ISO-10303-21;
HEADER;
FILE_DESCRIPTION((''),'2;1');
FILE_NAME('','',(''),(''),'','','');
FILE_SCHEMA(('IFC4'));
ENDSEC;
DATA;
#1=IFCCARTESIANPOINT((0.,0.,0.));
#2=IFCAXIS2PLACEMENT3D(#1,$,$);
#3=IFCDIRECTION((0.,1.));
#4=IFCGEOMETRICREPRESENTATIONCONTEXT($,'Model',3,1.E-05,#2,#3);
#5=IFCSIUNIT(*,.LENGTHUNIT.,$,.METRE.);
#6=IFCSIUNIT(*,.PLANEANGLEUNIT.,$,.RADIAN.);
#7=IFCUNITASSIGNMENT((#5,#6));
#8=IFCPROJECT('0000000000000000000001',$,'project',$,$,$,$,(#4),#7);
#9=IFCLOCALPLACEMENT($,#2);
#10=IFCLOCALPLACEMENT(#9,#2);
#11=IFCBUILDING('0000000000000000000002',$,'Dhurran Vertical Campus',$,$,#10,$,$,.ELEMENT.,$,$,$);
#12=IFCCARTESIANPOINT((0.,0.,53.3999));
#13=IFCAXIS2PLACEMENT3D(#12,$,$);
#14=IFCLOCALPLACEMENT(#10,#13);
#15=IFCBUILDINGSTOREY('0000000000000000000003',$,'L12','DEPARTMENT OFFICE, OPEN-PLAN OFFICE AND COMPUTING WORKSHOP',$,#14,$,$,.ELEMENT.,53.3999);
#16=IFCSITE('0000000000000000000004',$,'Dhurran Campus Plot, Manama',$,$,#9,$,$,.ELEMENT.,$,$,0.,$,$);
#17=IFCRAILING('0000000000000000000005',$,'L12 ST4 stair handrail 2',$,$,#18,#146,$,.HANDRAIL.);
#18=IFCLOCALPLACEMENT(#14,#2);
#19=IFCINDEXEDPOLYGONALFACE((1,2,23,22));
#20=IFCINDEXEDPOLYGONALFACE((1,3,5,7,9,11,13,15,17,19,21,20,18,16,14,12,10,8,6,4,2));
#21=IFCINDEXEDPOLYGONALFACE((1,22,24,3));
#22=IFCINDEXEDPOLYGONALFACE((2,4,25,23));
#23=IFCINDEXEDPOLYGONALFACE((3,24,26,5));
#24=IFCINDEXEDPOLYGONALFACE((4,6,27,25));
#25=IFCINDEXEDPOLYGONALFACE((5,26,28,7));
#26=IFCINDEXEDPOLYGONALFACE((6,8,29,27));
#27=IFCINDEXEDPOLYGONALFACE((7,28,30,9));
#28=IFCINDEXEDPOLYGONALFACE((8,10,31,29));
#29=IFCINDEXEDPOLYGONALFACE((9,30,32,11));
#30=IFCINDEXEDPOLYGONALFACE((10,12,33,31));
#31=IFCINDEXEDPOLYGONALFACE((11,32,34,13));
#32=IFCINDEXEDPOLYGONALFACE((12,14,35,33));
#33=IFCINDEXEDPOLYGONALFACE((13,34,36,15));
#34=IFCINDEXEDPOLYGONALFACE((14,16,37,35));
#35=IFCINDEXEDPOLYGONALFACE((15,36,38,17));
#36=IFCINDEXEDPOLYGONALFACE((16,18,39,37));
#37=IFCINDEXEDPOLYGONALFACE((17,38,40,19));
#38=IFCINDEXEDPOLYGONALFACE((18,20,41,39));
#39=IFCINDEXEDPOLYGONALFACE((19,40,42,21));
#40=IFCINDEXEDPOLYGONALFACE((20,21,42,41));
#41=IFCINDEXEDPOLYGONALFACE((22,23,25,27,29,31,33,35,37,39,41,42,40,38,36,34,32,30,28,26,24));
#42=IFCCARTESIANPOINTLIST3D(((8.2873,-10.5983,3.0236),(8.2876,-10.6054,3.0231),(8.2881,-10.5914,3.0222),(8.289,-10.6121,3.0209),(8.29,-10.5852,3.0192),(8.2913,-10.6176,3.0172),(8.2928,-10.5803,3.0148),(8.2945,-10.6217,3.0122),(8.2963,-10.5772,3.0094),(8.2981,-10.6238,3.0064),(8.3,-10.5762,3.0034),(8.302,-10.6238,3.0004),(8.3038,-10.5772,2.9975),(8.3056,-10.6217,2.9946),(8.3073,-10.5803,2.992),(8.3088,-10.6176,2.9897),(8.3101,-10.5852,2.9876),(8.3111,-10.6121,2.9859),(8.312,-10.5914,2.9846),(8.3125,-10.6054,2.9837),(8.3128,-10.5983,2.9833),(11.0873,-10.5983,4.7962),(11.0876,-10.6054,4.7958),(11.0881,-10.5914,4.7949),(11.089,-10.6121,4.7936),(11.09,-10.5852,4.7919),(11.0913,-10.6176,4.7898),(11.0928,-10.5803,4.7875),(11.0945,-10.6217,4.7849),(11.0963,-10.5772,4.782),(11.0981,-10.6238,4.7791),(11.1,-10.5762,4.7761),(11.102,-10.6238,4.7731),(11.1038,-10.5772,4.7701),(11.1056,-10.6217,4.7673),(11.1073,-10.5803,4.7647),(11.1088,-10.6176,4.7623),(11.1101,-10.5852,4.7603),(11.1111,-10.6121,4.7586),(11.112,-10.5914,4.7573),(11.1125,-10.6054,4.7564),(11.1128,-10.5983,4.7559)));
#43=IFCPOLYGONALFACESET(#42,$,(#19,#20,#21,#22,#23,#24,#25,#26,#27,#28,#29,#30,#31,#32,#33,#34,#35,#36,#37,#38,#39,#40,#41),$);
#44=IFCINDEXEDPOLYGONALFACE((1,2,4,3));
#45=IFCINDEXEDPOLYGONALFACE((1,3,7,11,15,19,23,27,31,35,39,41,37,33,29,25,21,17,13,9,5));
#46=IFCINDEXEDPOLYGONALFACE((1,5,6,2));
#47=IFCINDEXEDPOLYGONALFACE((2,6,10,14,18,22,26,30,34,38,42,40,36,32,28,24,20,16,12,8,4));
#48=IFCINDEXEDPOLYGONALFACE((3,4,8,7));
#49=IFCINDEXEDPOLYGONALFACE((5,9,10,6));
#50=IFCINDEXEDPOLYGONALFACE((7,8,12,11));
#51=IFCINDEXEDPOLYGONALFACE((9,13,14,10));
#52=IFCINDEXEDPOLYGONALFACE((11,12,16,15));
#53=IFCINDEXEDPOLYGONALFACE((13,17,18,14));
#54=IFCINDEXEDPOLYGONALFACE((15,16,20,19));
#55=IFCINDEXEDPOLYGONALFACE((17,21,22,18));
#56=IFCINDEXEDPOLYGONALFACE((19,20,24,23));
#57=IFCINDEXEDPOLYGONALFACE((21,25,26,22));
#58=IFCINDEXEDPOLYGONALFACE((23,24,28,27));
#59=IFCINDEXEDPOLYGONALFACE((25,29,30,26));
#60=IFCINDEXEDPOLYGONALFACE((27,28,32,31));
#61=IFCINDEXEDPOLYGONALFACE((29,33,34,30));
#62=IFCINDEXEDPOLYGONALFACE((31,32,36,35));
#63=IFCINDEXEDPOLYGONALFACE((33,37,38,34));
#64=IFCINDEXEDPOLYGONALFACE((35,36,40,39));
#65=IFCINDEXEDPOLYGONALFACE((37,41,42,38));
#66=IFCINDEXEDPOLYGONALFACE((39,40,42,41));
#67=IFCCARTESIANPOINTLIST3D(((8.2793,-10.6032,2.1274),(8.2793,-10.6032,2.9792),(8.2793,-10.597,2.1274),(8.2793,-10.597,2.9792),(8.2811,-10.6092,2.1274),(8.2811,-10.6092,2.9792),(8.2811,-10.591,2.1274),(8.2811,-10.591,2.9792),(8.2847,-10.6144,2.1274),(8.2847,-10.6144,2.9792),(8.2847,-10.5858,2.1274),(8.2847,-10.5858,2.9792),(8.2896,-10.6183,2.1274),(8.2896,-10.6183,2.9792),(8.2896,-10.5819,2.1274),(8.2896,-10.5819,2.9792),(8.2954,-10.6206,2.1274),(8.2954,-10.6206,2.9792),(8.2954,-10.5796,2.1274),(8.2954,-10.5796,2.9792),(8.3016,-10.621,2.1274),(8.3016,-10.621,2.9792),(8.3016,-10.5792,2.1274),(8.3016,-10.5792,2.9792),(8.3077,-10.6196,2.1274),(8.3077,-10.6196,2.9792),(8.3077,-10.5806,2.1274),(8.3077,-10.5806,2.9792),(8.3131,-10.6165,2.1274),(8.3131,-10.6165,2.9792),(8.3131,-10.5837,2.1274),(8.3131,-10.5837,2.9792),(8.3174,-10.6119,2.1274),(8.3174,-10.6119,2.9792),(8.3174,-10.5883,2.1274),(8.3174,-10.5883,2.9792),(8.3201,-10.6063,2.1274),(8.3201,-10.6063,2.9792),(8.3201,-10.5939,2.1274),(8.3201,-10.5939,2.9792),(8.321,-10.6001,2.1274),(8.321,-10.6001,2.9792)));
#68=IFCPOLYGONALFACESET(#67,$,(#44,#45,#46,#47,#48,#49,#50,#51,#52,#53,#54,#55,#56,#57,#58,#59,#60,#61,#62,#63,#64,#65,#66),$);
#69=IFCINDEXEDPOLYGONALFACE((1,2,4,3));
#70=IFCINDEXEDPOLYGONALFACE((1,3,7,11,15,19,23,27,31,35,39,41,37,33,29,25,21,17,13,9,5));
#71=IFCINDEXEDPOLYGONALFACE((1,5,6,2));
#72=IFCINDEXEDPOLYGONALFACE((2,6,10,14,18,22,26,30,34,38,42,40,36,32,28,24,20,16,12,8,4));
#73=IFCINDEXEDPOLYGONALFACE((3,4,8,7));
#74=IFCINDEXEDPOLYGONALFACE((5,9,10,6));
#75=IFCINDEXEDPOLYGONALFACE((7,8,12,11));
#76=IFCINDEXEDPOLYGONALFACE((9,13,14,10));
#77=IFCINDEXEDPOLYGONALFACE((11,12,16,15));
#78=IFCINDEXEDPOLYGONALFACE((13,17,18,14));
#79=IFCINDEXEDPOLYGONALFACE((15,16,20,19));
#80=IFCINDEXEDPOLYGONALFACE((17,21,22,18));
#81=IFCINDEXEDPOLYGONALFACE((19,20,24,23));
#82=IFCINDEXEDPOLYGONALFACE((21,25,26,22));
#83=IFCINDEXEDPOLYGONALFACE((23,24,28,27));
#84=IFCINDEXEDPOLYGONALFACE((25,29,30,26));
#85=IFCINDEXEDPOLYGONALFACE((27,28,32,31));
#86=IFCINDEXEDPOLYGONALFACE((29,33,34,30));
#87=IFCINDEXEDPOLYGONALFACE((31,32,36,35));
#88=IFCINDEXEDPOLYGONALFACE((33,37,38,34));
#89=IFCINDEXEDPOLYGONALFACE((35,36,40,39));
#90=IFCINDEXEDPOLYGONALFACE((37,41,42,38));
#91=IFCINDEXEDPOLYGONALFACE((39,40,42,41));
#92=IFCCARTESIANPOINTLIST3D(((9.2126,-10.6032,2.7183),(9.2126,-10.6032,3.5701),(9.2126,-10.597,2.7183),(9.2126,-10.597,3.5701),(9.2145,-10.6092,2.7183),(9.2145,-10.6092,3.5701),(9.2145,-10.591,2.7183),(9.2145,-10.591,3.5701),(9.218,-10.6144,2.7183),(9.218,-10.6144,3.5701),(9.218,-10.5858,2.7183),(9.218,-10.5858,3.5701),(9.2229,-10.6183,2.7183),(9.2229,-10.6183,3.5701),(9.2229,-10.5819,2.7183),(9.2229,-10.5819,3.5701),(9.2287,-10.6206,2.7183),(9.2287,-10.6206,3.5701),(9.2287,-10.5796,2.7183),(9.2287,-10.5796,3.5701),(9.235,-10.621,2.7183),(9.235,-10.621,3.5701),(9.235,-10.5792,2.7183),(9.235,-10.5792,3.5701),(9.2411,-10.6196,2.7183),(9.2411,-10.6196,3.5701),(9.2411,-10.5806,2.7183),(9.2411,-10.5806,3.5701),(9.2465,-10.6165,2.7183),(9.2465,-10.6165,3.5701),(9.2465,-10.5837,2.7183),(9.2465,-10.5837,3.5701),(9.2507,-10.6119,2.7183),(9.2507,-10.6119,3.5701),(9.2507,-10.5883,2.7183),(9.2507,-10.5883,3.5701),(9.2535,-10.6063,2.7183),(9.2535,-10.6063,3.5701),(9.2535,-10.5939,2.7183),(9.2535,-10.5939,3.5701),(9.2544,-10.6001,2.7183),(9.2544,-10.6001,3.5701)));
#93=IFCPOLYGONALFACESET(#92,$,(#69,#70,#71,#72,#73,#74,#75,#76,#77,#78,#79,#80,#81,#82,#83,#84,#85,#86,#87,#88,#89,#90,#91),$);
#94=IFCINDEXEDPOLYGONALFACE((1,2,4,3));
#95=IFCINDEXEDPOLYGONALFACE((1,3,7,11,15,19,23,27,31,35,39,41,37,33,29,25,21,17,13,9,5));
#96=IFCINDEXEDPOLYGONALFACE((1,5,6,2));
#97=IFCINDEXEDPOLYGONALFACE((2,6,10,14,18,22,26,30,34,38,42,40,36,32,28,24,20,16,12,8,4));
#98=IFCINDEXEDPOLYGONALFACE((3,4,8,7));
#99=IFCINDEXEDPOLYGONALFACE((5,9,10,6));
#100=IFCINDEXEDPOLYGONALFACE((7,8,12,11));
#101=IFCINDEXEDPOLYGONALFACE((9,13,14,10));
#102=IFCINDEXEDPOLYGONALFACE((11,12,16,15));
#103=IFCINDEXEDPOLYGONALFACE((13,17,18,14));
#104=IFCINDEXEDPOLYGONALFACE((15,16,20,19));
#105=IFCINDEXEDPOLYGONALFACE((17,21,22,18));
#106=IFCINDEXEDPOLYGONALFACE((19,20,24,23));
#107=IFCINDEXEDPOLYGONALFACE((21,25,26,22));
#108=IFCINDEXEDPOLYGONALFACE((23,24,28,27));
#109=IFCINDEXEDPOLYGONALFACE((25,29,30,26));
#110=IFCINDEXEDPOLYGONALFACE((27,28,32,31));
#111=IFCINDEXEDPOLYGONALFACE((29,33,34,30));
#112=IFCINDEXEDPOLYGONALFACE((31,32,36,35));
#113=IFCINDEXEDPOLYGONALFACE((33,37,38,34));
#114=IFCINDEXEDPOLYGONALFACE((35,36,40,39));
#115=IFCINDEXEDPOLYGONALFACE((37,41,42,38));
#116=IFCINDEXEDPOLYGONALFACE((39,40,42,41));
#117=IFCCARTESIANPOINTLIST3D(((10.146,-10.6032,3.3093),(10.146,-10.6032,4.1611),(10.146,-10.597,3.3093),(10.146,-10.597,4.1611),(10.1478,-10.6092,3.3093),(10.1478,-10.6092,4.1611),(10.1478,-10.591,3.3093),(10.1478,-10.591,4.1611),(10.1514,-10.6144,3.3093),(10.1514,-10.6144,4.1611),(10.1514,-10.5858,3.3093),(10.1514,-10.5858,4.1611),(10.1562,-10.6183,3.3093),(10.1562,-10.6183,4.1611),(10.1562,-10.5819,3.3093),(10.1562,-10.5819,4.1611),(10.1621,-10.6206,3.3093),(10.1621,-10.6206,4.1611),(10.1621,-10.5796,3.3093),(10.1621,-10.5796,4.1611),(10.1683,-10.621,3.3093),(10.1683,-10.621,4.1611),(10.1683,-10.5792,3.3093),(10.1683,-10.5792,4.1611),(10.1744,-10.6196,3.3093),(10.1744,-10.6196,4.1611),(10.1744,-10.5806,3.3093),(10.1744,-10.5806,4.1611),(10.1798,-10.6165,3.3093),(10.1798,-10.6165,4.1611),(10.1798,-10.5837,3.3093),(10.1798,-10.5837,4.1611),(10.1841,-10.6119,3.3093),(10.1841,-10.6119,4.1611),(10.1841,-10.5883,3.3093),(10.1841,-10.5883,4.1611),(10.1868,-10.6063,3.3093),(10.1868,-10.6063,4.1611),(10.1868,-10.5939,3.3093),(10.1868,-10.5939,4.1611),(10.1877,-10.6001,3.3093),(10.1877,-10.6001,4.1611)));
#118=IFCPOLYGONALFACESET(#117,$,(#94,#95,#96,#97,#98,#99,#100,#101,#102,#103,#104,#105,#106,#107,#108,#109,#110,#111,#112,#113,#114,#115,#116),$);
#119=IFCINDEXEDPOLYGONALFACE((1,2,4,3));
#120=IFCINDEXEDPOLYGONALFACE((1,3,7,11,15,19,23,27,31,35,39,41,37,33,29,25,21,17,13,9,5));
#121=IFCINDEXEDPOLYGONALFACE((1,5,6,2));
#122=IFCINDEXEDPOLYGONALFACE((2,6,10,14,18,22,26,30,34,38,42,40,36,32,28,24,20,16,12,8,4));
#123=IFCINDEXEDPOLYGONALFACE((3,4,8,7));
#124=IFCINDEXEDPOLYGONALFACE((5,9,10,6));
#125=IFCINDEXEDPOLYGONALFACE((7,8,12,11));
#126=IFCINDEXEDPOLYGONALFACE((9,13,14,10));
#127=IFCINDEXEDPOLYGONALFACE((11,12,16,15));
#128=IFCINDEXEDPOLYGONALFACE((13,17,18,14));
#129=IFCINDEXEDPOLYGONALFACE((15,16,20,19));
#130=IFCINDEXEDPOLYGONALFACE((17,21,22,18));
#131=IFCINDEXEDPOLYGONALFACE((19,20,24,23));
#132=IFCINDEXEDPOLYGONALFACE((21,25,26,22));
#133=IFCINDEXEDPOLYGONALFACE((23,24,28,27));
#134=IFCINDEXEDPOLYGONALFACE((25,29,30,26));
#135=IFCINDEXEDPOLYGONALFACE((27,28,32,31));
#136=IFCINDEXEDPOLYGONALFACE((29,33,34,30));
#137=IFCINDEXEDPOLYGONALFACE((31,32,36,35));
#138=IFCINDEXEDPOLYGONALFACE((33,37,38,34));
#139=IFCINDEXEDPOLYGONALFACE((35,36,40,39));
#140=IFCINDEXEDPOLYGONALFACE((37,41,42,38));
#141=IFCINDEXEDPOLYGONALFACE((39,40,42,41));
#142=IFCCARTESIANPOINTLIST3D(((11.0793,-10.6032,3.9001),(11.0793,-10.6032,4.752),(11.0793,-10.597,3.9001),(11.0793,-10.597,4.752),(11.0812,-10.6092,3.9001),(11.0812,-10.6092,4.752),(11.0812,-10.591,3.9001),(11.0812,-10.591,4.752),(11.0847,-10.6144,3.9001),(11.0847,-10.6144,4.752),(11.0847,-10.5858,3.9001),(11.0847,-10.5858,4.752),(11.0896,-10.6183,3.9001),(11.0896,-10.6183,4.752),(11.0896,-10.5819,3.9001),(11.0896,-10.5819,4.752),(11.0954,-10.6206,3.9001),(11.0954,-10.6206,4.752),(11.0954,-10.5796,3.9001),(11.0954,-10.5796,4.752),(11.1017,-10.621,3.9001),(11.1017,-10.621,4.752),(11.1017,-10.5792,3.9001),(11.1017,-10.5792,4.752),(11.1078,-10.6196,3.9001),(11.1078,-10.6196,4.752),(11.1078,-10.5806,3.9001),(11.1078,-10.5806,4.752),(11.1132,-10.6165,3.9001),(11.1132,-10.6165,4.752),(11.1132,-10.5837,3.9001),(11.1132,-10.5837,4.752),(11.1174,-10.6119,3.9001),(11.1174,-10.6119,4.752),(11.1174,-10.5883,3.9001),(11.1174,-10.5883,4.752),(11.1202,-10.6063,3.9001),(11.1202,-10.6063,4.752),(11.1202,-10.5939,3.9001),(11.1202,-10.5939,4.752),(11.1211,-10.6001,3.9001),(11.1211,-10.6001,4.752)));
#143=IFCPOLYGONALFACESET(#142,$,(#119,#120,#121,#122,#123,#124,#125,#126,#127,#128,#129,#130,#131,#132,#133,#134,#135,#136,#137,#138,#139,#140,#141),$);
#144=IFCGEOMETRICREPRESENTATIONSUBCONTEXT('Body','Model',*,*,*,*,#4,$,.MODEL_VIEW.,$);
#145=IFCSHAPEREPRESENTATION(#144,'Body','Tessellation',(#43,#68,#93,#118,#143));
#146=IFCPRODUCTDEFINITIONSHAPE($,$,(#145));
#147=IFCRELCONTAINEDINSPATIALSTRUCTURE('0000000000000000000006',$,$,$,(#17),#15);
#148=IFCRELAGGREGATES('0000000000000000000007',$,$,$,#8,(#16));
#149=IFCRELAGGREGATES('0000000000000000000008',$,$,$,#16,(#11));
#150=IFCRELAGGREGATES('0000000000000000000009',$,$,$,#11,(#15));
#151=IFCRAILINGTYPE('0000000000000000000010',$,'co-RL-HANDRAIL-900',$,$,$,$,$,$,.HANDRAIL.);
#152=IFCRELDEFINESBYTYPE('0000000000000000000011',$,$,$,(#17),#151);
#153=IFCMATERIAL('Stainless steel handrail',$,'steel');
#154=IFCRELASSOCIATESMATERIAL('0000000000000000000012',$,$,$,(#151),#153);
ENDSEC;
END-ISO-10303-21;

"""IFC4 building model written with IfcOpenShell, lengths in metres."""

from ifc_helpers import new_model, si_unit, direction, frame, origin, origin_2d, place, context, subcontext, project, spatial, circle, extrude, material, type_object, element, save


model = new_model("IFC4")

# Units and contexts
model_context = context("Model", 3, precision=1e-05, world=origin(), true_north=direction((0.0, 1.0)))
body_context = subcontext(model_context, "Body", "Model", "MODEL_VIEW")
ifc_project = project(units=[si_unit("LENGTHUNIT", "METRE"), si_unit("PLANEANGLEUNIT", "RADIAN")], contexts=[model_context])

# Site, building, storey
site_placement = place(None, origin())
site = spatial("IfcSite", under=ifc_project, at=site_placement, Name="Dhurran Campus Plot, Manama", CompositionType="ELEMENT", RefElevation=0.0)
building_placement = place(site_placement, origin())
building = spatial("IfcBuilding", under=site, at=building_placement, Name="Dhurran Vertical Campus", CompositionType="ELEMENT")
storey_placement = place(building_placement, frame((0.0, 0.0, 53.3999)))
storey = spatial("IfcBuildingStorey", under=building, at=storey_placement, Name="L12", Description="DEPARTMENT OFFICE, OPEN-PLAN OFFICE AND COMPUTING WORKSHOP", CompositionType="ELEMENT", Elevation=53.3999)

# Railing
ifc_material_1 = material(Name="Stainless steel handrail", Category="steel")
railing_type = type_object("IfcRailingType", Name="co-RL-HANDRAIL-900", PredefinedType="HANDRAIL", material=ifc_material_1)
railing_placement = place(storey_placement, frame((8.3, -10.6001, 2.1274)))
element("IfcRailing", 1, at=railing_placement, inside=storey, type_object=railing_type, Name="L12 ST4 stair handrail 2", PredefinedType="HANDRAIL", context=body_context, shape_type="SweptSolid", body=[
    extrude(circle(Radius=0.0239, at=origin_2d()), frame((0.0, 0.0, 0.876), z_axis=(0.844909, 0.0, 0.53491), x_axis=(0.0, 1.0, 0.0)), (0.0, 0.0, 1.0), 3.314),
    extrude(circle(Radius=0.021, at=origin_2d()), origin(), (0.0, 0.0, 1.0), 0.8518),
    extrude(circle(Radius=0.021, at=origin_2d()), frame((0.9333, 0.0, 0.5908)), (0.0, 0.0, 1.0), 0.8518),
    extrude(circle(Radius=0.021, at=origin_2d()), frame((1.8667, 0.0, 1.1819)), (0.0, 0.0, 1.0), 0.8518),
    extrude(circle(Radius=0.021, at=origin_2d()), frame((2.8, 0.0, 1.7727)), (0.0, 0.0, 1.0), 0.8518),
])

save(model, "model.ifc")
